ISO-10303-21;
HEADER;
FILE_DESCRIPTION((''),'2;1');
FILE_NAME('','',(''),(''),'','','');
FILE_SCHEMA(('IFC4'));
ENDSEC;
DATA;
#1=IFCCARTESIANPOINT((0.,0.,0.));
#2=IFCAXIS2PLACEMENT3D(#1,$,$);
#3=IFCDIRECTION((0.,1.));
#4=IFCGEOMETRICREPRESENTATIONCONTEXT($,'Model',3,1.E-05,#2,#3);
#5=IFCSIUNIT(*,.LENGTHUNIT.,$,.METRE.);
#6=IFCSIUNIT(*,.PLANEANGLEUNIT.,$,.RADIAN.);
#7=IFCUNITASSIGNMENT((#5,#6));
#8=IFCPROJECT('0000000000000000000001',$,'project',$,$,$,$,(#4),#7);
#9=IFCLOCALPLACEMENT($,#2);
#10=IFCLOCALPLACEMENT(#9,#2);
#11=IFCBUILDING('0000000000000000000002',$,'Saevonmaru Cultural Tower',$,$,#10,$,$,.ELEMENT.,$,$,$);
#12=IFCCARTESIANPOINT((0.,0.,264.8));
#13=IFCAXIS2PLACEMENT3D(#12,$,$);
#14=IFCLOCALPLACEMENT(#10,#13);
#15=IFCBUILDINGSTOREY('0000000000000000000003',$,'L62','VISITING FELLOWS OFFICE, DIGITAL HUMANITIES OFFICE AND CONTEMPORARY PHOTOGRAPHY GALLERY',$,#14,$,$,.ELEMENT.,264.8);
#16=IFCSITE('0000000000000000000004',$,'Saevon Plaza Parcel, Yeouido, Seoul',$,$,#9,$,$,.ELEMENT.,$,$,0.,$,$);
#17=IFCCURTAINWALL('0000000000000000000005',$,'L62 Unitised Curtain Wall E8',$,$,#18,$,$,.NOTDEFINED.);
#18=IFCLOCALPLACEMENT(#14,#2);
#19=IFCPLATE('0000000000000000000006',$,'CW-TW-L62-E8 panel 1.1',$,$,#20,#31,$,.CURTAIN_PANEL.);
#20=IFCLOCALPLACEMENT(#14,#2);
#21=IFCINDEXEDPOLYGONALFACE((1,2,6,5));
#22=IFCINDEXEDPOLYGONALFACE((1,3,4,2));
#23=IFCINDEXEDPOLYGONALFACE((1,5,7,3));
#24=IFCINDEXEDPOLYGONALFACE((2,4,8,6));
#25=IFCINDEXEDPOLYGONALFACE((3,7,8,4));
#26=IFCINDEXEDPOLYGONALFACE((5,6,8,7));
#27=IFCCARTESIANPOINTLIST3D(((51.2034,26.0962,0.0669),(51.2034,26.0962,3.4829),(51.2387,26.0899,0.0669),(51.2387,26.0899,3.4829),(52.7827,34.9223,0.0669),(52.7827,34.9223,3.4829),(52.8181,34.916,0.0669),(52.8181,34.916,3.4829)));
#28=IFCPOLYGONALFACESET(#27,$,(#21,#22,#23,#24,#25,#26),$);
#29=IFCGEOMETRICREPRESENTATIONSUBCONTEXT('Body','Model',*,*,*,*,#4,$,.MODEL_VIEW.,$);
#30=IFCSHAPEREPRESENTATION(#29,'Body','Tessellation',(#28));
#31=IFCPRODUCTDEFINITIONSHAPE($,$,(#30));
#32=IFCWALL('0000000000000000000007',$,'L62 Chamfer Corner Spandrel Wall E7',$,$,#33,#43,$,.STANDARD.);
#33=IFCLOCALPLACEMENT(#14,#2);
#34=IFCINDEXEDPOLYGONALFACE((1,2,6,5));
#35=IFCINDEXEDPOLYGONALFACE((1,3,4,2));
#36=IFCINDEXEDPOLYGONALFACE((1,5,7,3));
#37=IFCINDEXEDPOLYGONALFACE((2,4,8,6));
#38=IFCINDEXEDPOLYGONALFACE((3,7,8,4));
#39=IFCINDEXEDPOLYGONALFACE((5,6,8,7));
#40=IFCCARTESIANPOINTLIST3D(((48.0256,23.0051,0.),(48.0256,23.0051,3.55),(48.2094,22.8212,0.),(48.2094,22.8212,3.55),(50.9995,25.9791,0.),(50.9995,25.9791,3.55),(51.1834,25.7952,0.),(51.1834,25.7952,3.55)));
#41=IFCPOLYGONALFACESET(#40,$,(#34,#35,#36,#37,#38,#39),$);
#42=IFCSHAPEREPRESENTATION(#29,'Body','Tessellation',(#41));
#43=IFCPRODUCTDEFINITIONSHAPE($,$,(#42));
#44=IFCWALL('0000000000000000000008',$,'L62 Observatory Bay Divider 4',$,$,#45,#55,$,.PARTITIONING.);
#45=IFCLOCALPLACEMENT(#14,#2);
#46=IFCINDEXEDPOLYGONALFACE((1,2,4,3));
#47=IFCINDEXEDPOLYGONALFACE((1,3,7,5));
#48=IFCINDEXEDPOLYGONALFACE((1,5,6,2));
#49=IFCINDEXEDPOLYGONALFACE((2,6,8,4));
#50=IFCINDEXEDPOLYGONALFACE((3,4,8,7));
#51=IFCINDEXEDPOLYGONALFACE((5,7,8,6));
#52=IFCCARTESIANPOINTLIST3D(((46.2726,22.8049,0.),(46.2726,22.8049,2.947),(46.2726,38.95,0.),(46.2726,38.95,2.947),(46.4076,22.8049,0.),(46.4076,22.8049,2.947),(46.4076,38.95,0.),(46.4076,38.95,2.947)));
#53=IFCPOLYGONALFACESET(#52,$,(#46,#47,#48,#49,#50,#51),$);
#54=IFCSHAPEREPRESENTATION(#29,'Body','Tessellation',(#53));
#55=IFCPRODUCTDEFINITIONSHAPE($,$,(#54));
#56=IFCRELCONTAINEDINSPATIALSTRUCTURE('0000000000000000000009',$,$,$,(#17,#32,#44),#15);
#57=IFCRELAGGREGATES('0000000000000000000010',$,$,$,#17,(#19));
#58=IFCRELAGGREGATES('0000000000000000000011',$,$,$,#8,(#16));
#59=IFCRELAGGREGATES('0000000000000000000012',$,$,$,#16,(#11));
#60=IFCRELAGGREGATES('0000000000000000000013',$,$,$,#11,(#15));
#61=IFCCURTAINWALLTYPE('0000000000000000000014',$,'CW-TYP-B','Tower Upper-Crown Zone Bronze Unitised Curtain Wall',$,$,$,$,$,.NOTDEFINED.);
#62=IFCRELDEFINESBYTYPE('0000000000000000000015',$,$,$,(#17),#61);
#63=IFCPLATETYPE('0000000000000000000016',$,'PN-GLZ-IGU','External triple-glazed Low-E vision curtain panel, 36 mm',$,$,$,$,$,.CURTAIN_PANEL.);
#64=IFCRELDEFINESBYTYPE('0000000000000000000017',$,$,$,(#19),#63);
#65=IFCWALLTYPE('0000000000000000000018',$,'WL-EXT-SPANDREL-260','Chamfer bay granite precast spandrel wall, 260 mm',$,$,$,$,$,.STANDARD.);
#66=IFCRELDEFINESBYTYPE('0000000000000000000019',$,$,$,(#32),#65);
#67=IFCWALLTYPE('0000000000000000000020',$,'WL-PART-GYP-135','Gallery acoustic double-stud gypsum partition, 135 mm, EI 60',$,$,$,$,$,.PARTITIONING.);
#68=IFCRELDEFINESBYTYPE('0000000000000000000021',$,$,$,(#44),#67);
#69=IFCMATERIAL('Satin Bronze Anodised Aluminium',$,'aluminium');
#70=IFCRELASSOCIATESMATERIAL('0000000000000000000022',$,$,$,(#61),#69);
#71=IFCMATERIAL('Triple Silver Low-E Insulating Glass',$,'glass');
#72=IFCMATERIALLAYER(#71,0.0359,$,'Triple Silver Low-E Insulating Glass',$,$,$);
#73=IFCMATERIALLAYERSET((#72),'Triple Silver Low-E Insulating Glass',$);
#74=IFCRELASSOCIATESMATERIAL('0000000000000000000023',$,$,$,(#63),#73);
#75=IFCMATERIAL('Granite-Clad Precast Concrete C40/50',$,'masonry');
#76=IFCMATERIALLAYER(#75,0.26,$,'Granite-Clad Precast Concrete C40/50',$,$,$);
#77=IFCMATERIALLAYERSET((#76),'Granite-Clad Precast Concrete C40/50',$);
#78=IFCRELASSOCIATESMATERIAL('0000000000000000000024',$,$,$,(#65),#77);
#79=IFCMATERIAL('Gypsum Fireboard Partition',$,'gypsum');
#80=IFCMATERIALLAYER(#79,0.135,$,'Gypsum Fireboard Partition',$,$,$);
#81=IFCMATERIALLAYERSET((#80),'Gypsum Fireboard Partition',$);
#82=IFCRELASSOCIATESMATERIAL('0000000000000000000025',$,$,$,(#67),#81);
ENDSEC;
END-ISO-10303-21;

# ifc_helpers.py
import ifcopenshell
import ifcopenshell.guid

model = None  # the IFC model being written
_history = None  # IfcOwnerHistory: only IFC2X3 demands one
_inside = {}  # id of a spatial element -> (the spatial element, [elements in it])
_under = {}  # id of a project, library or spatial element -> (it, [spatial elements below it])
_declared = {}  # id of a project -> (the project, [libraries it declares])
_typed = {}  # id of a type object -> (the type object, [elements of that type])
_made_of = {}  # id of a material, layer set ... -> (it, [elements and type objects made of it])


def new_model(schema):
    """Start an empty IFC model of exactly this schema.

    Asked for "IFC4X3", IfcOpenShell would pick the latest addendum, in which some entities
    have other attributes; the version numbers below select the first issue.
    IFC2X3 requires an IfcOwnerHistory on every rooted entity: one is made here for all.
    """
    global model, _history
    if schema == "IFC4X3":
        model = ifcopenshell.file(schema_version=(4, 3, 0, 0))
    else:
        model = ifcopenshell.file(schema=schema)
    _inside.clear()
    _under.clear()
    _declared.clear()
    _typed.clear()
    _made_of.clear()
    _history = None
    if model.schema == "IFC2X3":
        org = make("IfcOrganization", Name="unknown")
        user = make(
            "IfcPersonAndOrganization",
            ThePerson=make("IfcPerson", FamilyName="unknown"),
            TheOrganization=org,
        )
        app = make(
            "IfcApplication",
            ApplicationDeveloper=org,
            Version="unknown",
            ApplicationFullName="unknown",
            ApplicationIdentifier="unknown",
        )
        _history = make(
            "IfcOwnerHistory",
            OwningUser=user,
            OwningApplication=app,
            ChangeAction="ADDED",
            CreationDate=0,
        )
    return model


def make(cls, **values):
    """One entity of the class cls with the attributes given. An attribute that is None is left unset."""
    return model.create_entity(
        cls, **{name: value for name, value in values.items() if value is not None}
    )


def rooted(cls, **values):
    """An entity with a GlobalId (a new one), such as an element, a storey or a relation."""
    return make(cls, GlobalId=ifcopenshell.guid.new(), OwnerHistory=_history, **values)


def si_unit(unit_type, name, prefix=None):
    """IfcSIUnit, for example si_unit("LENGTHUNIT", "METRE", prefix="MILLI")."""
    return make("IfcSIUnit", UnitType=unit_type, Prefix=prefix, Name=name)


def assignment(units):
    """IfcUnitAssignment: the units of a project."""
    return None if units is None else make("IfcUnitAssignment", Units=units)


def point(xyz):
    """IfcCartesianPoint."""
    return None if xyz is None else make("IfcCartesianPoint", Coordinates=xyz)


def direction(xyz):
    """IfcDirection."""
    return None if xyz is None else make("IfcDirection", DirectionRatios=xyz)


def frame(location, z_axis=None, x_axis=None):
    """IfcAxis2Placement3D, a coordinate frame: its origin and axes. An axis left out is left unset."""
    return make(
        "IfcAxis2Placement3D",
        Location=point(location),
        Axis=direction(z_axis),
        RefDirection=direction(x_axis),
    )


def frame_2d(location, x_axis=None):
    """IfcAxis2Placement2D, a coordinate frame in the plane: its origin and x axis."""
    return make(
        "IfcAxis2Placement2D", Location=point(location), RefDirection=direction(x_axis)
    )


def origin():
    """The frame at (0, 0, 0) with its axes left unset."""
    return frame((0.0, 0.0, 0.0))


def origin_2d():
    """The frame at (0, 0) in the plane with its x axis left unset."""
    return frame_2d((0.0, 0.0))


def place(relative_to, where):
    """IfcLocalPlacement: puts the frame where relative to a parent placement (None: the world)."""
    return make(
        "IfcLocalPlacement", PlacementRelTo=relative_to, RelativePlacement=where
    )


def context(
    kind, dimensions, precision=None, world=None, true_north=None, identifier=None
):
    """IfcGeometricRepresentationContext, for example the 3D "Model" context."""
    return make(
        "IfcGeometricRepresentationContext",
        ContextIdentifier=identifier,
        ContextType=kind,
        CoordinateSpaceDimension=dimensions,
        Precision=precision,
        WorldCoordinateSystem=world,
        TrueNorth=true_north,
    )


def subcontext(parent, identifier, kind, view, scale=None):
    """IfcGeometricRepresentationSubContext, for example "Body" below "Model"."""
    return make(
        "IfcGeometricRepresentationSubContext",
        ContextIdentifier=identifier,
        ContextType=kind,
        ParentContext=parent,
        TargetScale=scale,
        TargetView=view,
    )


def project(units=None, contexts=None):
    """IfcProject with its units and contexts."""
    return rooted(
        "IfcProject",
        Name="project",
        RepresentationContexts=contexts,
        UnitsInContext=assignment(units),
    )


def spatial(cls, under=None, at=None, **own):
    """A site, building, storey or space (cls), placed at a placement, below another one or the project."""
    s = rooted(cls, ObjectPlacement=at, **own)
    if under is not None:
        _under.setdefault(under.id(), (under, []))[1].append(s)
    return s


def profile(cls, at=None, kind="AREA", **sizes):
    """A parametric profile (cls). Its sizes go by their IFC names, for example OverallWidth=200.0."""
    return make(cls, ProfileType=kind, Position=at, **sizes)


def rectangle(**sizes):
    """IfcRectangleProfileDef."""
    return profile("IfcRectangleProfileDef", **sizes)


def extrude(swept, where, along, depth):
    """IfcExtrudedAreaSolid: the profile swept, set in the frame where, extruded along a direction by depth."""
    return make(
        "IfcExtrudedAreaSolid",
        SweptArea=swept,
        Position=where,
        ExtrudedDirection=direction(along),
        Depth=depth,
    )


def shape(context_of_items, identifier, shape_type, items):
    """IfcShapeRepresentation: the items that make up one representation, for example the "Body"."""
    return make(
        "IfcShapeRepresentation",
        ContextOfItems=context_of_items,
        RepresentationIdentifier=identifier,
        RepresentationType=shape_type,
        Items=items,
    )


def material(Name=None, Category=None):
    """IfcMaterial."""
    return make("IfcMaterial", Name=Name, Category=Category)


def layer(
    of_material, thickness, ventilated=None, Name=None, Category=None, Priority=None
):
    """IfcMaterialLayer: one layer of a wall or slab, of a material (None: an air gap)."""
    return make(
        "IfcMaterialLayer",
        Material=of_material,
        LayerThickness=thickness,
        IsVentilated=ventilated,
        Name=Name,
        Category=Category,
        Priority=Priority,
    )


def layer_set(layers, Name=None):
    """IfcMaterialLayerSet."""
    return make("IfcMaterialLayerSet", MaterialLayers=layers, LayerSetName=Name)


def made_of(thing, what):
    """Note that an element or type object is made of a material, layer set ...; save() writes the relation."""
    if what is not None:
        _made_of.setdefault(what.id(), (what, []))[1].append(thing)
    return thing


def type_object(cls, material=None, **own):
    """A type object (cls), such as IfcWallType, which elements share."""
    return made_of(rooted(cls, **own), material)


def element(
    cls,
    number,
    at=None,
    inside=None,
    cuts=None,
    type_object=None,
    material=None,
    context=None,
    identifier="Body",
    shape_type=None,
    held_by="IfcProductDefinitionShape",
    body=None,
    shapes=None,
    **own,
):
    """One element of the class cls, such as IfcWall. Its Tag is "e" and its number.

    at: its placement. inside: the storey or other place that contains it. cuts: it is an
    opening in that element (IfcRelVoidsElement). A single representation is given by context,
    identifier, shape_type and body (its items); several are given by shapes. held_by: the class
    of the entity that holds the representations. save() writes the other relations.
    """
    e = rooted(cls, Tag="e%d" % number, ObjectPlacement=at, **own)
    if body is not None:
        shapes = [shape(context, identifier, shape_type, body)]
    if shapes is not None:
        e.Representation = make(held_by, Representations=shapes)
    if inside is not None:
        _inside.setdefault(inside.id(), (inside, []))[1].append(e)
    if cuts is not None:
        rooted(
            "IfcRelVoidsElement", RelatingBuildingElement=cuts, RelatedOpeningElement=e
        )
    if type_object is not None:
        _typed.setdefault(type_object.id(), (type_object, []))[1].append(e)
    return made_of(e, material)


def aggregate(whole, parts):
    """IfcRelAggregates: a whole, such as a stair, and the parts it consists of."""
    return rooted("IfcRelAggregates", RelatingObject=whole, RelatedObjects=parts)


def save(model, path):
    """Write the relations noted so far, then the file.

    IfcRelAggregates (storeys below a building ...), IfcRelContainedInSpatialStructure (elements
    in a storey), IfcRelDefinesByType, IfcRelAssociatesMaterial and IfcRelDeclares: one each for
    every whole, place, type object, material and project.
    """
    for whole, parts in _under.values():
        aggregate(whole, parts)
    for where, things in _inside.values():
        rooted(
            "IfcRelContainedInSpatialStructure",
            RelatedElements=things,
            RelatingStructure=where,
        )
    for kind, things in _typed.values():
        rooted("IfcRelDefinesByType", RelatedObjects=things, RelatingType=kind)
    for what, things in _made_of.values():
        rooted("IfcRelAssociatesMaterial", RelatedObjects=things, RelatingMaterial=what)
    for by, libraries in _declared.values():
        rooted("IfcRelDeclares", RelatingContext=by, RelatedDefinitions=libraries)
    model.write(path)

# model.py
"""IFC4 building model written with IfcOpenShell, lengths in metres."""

from ifc_helpers import new_model, si_unit, direction, frame, frame_2d, origin, origin_2d, place, context, subcontext, project, spatial, rectangle, extrude, material, layer, layer_set, type_object, element, aggregate, save


model = new_model("IFC4")

# Units and contexts
model_context = context("Model", 3, precision=1e-05, world=origin(), true_north=direction((0.0, 1.0)))
body_context = subcontext(model_context, "Body", "Model", "MODEL_VIEW")
ifc_project = project(units=[si_unit("LENGTHUNIT", "METRE"), si_unit("PLANEANGLEUNIT", "RADIAN")], contexts=[model_context])

# Site, building, storey
site_placement = place(None, origin())
site = spatial("IfcSite", under=ifc_project, at=site_placement, Name="Saevon Plaza Parcel, Yeouido, Seoul", CompositionType="ELEMENT", RefElevation=0.0)
building_placement = place(site_placement, origin())
building = spatial("IfcBuilding", under=site, at=building_placement, Name="Saevonmaru Cultural Tower", CompositionType="ELEMENT")
storey_placement = place(building_placement, frame((0.0, 0.0, 264.8)))
storey = spatial("IfcBuildingStorey", under=building, at=storey_placement, Name="L62", Description="VISITING FELLOWS OFFICE, DIGITAL HUMANITIES OFFICE AND CONTEMPORARY PHOTOGRAPHY GALLERY", CompositionType="ELEMENT", Elevation=264.8)

# Shared definitions
ifc_material_1 = material(Name="Satin Bronze Anodised Aluminium", Category="aluminium")
curtain_wall_type = type_object("IfcCurtainWallType", Name="CW-TYP-B", Description="Tower Upper-Crown Zone Bronze Unitised Curtain Wall", PredefinedType="NOTDEFINED", material=ifc_material_1)

# Curtain wall
curtain_wall_1_placement = place(storey_placement, origin())
curtain_wall_1 = element("IfcCurtainWall", 1, at=curtain_wall_1_placement, inside=storey, type_object=curtain_wall_type, Name="L62 Unitised Curtain Wall E8", PredefinedType="NOTDEFINED")

# Plate
ifc_material_2 = material(Name="Triple Silver Low-E Insulating Glass", Category="glass")
ifc_layer_1 = layer(ifc_material_2, 0.0359, Name="Triple Silver Low-E Insulating Glass")
ifc_layer_set_1 = layer_set([ifc_layer_1], Name="Triple Silver Low-E Insulating Glass")
plate_type = type_object("IfcPlateType", Name="PN-GLZ-IGU", Description="External triple-glazed Low-E vision curtain panel, 36 mm", PredefinedType="CURTAIN_PANEL", material=ifc_layer_set_1)
plate_1_placement = place(storey_placement, frame((52.0107, 30.5061, 0.0669), z_axis=(0.0, 0.0, 1.0), x_axis=(0.176141, 0.984365, 0.0)))
plate_1 = element("IfcPlate", 2, at=plate_1_placement, type_object=plate_type, Name="CW-TW-L62-E8 panel 1.1", PredefinedType="CURTAIN_PANEL", context=body_context, shape_type="SweptSolid", body=[
    extrude(rectangle(XDim=8.9663, YDim=0.0359, at=origin_2d()), origin(), (0.0, 0.0, 1.0), 3.416),
])
aggregate(curtain_wall_1, [plate_1])

# Walls
ifc_material_3 = material(Name="Granite-Clad Precast Concrete C40/50", Category="masonry")
ifc_layer_2 = layer(ifc_material_3, 0.26, Name="Granite-Clad Precast Concrete C40/50")
ifc_layer_set_2 = layer_set([ifc_layer_2], Name="Granite-Clad Precast Concrete C40/50")
wall_type_1 = type_object("IfcWallType", Name="WL-EXT-SPANDREL-260", Description="Chamfer bay granite precast spandrel wall, 260 mm", PredefinedType="STANDARD", material=ifc_layer_set_2)
wall_1_placement = place(storey_placement, frame((48.1174, 22.9131, 0.0), z_axis=(0.0, 0.0, 1.0), x_axis=(0.707107, 0.707107, 0.0)))
element("IfcWall", 3, at=wall_1_placement, inside=storey, type_object=wall_type_1, Name="L62 Chamfer Corner Spandrel Wall E7", PredefinedType="STANDARD", context=body_context, shape_type="SweptSolid", body=[
    extrude(rectangle(XDim=4.2058, YDim=0.26, at=frame_2d((2.103, 0.0))), origin(), (0.0, 0.0, 1.0), 3.55),
])
ifc_material_4 = material(Name="Gypsum Fireboard Partition", Category="gypsum")
ifc_layer_3 = layer(ifc_material_4, 0.135, Name="Gypsum Fireboard Partition")
ifc_layer_set_3 = layer_set([ifc_layer_3], Name="Gypsum Fireboard Partition")
wall_type_2 = type_object("IfcWallType", Name="WL-PART-GYP-135", Description="Gallery acoustic double-stud gypsum partition, 135 mm, EI 60", PredefinedType="PARTITIONING", material=ifc_layer_set_3)
wall_2_placement = place(storey_placement, frame((46.3401, 22.8049, 0.0), z_axis=(0.0, 0.0, 1.0), x_axis=(0.0, 1.0, 0.0)))
element("IfcWall", 4, at=wall_2_placement, inside=storey, type_object=wall_type_2, Name="L62 Observatory Bay Divider 4", PredefinedType="PARTITIONING", context=body_context, shape_type="SweptSolid", body=[
    extrude(rectangle(XDim=16.145, YDim=0.135, at=frame_2d((8.0725, 0.0))), origin(), (0.0, 0.0, 1.0), 2.947),
])

save(model, "model.ifc")
